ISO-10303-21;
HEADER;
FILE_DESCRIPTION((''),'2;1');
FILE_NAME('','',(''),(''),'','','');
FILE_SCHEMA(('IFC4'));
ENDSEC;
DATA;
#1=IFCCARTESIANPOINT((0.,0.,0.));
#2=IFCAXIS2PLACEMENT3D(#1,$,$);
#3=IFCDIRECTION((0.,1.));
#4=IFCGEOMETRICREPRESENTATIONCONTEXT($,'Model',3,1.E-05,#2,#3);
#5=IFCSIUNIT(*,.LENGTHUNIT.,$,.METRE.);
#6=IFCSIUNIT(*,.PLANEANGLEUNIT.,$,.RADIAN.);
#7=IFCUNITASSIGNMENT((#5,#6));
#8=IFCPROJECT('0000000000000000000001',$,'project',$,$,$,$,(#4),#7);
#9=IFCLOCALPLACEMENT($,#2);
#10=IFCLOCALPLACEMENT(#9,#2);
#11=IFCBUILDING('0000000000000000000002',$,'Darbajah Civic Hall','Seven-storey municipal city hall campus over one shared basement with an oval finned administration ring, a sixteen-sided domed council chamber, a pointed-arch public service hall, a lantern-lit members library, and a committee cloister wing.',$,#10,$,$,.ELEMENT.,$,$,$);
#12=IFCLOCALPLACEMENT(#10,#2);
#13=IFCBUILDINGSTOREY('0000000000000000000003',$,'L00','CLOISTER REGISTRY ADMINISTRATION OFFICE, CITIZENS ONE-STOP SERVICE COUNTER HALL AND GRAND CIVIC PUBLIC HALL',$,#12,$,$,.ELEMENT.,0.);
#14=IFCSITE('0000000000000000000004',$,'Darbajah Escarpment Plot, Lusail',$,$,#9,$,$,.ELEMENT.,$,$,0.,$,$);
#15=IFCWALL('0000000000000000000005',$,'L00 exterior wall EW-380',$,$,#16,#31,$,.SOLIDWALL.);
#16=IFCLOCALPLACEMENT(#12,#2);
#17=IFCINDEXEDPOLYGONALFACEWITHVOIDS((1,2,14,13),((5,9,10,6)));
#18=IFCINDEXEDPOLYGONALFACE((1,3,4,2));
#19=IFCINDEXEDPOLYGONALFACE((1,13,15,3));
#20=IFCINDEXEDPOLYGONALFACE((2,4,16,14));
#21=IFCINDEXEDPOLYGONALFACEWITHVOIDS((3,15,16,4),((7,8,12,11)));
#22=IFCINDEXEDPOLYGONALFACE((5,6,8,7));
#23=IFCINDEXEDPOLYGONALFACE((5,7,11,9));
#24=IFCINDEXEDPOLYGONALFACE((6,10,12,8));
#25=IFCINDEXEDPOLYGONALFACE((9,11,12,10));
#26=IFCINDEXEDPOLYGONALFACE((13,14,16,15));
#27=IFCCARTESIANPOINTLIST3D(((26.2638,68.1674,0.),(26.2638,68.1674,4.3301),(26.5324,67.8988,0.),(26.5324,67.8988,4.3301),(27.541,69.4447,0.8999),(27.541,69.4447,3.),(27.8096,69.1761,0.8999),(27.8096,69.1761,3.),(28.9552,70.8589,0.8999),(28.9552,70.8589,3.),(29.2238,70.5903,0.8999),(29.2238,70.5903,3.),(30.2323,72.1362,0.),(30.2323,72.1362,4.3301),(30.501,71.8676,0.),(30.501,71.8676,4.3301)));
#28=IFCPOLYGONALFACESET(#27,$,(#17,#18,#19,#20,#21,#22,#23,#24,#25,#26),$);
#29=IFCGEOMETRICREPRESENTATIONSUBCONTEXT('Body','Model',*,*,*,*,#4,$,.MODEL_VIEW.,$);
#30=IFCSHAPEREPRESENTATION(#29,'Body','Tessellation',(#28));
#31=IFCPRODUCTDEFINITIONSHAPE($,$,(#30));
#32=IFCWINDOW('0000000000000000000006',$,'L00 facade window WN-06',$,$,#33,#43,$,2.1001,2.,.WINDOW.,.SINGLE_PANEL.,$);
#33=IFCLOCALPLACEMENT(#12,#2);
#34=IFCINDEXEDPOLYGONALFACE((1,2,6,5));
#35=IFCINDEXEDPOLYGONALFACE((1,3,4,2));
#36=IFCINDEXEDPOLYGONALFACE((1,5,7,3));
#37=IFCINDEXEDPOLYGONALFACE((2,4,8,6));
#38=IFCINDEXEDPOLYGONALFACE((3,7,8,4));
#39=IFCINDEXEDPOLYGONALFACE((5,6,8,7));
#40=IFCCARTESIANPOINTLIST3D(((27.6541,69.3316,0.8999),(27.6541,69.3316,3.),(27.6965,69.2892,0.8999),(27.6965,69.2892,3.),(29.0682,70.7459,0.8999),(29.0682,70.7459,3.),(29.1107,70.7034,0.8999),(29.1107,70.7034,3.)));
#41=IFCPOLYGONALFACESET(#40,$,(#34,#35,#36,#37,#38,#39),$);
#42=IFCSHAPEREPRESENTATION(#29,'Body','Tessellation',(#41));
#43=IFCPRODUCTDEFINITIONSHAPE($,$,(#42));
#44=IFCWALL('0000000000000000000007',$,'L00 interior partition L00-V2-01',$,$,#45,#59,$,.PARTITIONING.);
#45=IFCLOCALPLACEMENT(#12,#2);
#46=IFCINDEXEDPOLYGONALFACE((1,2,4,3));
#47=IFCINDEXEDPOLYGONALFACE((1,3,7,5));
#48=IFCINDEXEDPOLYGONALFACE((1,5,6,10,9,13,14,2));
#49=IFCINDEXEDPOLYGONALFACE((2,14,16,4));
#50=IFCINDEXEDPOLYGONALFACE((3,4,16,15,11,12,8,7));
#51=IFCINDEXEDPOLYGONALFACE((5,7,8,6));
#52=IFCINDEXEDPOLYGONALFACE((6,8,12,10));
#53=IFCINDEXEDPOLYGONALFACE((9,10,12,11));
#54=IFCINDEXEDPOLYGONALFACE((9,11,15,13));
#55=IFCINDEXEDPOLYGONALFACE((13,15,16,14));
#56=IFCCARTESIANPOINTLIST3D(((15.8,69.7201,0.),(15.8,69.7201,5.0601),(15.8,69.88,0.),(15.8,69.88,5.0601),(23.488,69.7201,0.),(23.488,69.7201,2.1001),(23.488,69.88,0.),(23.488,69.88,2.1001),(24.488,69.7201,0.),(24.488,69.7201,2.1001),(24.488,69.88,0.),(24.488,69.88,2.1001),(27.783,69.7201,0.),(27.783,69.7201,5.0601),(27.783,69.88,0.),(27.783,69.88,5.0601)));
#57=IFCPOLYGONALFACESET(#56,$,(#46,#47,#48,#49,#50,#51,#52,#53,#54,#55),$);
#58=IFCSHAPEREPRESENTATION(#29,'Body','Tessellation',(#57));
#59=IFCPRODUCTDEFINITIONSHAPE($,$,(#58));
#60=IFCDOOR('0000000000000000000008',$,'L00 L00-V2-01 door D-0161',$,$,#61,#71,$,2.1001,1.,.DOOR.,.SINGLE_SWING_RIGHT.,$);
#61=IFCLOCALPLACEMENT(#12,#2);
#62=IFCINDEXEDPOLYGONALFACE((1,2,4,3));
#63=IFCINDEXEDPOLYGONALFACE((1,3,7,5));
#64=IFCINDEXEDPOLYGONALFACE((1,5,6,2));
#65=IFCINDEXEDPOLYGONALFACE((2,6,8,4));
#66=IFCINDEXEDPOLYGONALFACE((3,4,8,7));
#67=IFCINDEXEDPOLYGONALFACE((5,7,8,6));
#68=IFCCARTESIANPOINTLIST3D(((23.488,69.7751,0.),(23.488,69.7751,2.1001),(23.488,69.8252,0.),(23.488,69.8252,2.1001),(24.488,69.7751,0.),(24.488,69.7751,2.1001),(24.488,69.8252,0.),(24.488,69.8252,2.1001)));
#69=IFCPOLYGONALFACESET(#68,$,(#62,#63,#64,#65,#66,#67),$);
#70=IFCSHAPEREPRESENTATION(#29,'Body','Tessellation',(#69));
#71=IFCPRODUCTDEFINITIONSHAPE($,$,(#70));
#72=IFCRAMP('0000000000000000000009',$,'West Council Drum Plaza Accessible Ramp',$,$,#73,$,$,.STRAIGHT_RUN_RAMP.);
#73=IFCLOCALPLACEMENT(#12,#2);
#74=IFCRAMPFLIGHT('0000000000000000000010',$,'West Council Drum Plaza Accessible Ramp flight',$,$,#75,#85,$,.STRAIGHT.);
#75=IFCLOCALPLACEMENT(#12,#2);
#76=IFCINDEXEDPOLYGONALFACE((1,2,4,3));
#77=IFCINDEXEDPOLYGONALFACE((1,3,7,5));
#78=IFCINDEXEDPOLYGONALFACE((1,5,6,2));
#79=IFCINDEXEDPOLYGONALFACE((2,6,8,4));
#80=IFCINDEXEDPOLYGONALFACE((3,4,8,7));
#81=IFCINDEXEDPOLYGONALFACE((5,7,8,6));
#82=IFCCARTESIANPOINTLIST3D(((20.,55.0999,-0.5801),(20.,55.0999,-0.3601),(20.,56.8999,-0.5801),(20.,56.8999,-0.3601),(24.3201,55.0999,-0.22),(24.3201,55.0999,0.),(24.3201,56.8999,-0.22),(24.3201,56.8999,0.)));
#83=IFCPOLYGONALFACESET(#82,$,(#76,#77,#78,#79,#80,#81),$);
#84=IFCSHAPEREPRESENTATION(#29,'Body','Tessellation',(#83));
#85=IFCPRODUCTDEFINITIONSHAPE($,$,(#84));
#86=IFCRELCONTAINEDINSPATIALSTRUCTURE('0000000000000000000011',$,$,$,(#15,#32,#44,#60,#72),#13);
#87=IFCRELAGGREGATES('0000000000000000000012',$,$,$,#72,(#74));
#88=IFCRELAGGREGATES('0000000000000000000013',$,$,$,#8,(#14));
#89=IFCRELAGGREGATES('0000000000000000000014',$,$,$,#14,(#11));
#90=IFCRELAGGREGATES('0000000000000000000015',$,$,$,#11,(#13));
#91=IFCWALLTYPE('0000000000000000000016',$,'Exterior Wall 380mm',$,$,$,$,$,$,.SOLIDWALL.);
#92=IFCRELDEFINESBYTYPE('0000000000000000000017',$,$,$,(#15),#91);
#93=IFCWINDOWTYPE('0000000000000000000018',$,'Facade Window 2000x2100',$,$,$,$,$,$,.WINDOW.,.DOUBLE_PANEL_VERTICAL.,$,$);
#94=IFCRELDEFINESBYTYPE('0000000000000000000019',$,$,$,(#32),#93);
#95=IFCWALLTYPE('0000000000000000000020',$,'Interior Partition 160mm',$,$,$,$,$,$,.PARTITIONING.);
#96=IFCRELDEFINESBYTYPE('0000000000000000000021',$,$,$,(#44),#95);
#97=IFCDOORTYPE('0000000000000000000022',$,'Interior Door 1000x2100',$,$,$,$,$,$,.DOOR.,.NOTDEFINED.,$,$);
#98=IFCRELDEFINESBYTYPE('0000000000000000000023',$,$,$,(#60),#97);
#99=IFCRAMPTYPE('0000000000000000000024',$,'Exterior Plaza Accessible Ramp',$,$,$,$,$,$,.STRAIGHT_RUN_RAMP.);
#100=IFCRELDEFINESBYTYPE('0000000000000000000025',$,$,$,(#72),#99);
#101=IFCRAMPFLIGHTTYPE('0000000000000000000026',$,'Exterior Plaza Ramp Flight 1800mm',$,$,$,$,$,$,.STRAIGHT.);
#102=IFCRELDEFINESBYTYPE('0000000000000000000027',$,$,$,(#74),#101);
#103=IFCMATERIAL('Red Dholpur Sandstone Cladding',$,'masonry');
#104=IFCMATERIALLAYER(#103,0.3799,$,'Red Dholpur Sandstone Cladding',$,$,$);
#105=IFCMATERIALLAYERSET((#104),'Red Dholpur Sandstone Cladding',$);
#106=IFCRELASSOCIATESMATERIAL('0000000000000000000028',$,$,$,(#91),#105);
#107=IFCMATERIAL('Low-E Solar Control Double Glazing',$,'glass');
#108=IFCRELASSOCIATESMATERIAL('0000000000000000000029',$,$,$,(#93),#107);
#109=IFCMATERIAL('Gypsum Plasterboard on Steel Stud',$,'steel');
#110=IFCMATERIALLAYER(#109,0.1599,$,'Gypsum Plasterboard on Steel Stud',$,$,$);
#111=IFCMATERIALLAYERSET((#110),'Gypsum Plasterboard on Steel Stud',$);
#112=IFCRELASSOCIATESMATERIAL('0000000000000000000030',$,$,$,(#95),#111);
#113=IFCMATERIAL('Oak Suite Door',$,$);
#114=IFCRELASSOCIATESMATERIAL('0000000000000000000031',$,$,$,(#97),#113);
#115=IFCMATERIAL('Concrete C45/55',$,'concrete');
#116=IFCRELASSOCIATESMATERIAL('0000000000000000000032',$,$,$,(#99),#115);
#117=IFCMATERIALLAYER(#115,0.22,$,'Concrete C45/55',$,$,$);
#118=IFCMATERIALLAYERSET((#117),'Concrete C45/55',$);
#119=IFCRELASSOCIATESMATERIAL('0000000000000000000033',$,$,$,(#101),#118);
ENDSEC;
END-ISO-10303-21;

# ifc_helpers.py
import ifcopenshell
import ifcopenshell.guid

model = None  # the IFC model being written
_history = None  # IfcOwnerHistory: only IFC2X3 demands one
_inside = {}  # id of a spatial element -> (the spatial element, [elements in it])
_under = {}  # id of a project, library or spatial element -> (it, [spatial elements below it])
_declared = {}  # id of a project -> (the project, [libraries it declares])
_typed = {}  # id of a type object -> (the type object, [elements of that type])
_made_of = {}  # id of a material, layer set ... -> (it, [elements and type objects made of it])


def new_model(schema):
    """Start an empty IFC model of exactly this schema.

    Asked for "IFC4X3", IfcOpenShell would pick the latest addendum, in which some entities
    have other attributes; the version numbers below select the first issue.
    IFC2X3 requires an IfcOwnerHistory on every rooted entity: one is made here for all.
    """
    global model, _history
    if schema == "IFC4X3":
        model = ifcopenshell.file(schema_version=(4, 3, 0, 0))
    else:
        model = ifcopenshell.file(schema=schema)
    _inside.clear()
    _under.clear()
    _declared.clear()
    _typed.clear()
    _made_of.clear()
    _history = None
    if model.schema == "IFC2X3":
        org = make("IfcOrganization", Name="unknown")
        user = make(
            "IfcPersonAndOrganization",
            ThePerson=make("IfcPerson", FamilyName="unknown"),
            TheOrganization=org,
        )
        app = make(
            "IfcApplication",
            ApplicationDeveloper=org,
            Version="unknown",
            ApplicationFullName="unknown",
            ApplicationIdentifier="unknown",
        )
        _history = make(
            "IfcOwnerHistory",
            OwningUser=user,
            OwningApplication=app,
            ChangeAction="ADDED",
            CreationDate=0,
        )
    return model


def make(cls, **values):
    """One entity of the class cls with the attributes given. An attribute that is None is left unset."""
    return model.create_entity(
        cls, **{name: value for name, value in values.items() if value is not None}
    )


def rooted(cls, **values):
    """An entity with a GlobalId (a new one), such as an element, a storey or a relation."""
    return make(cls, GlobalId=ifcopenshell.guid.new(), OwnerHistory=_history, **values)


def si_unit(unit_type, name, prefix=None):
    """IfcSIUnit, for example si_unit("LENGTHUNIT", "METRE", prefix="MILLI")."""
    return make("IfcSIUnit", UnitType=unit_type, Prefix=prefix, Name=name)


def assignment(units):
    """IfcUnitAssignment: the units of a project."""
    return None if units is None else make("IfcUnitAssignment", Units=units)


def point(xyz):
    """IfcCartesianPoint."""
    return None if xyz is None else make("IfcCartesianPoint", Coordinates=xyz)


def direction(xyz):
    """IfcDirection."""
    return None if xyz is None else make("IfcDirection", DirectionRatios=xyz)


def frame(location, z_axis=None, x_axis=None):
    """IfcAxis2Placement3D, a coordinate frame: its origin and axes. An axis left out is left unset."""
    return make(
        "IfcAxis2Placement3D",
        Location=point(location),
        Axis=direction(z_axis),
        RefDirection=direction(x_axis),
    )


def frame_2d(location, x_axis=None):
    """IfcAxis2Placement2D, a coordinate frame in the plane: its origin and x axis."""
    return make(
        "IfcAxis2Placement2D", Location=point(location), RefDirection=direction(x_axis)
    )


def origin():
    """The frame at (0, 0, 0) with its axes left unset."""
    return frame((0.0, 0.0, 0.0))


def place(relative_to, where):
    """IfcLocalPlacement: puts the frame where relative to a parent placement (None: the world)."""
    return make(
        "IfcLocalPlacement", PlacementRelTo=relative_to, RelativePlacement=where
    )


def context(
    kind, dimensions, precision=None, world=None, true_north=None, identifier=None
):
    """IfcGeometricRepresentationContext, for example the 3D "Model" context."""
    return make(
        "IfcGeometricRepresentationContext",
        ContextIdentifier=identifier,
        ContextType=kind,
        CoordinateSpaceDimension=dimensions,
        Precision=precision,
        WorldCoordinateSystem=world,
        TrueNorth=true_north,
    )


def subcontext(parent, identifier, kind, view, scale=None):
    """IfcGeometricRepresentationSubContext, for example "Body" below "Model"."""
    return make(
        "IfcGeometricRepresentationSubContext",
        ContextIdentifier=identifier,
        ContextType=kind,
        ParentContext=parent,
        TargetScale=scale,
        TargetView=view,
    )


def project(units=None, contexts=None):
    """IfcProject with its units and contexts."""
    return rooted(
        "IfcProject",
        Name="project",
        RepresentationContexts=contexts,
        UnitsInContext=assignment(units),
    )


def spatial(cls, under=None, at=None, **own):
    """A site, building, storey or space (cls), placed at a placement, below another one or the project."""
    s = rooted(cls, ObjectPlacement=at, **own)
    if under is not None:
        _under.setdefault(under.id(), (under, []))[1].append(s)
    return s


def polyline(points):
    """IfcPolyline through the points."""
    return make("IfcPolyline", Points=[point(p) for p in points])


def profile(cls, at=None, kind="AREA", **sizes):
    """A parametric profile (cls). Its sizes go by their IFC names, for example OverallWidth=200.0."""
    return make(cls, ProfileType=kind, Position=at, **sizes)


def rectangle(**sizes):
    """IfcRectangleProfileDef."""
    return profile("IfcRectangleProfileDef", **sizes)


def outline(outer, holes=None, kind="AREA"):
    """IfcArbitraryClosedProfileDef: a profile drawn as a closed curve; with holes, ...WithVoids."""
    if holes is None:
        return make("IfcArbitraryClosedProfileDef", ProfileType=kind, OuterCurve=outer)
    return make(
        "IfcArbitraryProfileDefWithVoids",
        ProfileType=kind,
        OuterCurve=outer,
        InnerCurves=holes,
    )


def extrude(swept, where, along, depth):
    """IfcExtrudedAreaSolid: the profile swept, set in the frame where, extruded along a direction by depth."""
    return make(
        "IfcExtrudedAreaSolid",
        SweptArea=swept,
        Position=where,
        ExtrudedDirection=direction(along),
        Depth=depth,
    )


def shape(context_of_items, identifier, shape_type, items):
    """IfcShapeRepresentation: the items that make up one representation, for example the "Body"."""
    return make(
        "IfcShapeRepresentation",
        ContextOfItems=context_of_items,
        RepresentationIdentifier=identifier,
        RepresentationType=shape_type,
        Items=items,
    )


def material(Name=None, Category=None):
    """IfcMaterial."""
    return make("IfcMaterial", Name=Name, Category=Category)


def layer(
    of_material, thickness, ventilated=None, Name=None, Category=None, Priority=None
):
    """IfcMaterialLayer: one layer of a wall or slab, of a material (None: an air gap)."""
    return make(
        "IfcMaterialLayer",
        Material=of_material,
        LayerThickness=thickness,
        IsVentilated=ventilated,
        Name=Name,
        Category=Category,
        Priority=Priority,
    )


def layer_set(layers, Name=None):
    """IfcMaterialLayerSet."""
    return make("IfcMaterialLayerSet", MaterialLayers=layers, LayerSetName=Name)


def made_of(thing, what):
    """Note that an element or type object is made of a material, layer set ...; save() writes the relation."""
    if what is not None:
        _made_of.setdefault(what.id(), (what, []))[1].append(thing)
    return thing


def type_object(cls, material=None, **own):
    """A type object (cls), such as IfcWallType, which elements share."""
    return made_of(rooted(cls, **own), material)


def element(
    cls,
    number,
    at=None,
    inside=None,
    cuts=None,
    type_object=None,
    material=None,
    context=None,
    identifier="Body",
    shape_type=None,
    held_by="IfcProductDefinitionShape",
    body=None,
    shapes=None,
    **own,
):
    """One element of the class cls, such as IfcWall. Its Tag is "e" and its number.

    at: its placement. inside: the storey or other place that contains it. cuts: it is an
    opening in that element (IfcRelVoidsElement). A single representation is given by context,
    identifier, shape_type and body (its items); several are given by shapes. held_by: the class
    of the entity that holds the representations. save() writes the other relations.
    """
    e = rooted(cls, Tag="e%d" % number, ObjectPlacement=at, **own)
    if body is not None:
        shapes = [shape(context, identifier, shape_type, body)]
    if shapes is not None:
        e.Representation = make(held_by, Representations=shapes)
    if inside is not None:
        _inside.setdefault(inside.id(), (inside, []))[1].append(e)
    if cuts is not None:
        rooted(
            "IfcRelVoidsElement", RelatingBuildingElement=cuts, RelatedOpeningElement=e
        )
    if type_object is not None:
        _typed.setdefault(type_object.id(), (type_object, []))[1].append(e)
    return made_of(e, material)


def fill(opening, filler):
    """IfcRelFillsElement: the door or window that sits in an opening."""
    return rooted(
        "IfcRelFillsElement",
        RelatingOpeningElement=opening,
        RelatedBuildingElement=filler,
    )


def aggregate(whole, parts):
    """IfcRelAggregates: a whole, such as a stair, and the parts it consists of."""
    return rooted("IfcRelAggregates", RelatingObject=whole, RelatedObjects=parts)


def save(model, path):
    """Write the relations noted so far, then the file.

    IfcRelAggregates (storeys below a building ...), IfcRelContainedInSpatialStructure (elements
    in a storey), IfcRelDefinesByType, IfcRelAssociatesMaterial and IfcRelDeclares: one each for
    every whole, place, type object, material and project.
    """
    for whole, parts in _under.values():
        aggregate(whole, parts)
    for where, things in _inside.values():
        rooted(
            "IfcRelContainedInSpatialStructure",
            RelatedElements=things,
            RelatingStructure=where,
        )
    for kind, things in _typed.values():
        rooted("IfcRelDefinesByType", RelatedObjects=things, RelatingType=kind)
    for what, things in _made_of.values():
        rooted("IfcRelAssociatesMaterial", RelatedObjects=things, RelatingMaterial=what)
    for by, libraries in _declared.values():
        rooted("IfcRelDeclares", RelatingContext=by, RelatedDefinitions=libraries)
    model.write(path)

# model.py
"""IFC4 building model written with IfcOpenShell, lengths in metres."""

from ifc_helpers import new_model, si_unit, direction, frame, frame_2d, origin, place, context, subcontext, project, spatial, polyline, rectangle, outline, extrude, material, layer, layer_set, type_object, element, fill, aggregate, save


model = new_model("IFC4")

# Units and contexts
model_context = context("Model", 3, precision=1e-05, world=origin(), true_north=direction((0.0, 1.0)))
body_context = subcontext(model_context, "Body", "Model", "MODEL_VIEW")
ifc_project = project(units=[si_unit("LENGTHUNIT", "METRE"), si_unit("PLANEANGLEUNIT", "RADIAN")], contexts=[model_context])

# Site, building, storey
site_placement = place(None, origin())
site = spatial("IfcSite", under=ifc_project, at=site_placement, Name="Darbajah Escarpment Plot, Lusail", CompositionType="ELEMENT", RefElevation=0.0)
building_placement = place(site_placement, origin())
building = spatial("IfcBuilding", under=site, at=building_placement, Name="Darbajah Civic Hall", Description="Seven-storey municipal city hall campus over one shared basement with an oval finned administration ring, a sixteen-sided domed council chamber, a pointed-arch public service hall, a lantern-lit members library, and a committee cloister wing.", CompositionType="ELEMENT")
storey_placement = place(building_placement, origin())
storey = spatial("IfcBuildingStorey", under=building, at=storey_placement, Name="L00", Description="CLOISTER REGISTRY ADMINISTRATION OFFICE, CITIZENS ONE-STOP SERVICE COUNTER HALL AND GRAND CIVIC PUBLIC HALL", CompositionType="ELEMENT", Elevation=0.0)

# Shared definitions
ifc_material_1 = material(Name="Concrete C45/55", Category="concrete")

# Shared definitions
ifc_material_2 = material(Name="Red Dholpur Sandstone Cladding", Category="masonry")
ifc_layer_1 = layer(ifc_material_2, 0.3799, Name="Red Dholpur Sandstone Cladding")
ifc_layer_set_1 = layer_set([ifc_layer_1], Name="Red Dholpur Sandstone Cladding")
wall_type_1 = type_object("IfcWallType", Name="Exterior Wall 380mm", PredefinedType="SOLIDWALL", material=ifc_layer_set_1)

# Wall, opening, window
ifc_material_3 = material(Name="Low-E Solar Control Double Glazing", Category="glass")
wall_1_placement = place(storey_placement, frame((26.3982, 68.0332, 0.0), z_axis=(0.0, 0.0, 1.0), x_axis=(0.707085, 0.707129, 0.0)))
wall_1 = element("IfcWall", 1, at=wall_1_placement, inside=storey, type_object=wall_type_1, Name="L00 exterior wall EW-380", PredefinedType="SOLIDWALL", context=body_context, shape_type="SweptSolid", body=[
    extrude(rectangle(XDim=5.6125, YDim=0.3799, at=frame_2d((2.8062, 0.0))), origin(), (0.0, 0.0, 1.0), 4.3301),
])
opening_1_placement = place(wall_1_placement, frame((1.8062, 0.0, 0.8999)))
opening_1 = element("IfcOpeningElement", 2, at=opening_1_placement, cuts=wall_1, PredefinedType="OPENING", context=body_context, shape_type="SweptSolid", body=[
    extrude(rectangle(XDim=2.0, YDim=2.1001, at=frame_2d((1.0, 1.05))), frame((0.0, 0.2, 0.0), z_axis=(0.0, -1.0, 0.0), x_axis=(1.0, 0.0, 0.0)), (0.0, 0.0, 1.0), 0.3999),
])
window_type_1 = type_object("IfcWindowType", Name="Facade Window 2000x2100", PartitioningType="DOUBLE_PANEL_VERTICAL", PredefinedType="WINDOW", material=ifc_material_3)
window_1_placement = place(opening_1_placement, origin())
window_1 = element("IfcWindow", 3, at=window_1_placement, inside=storey, type_object=window_type_1, Name="L00 facade window WN-06", OverallHeight=2.1001, OverallWidth=2.0, PartitioningType="SINGLE_PANEL", PredefinedType="WINDOW", context=body_context, shape_type="SweptSolid", body=[
    extrude(rectangle(XDim=2.0, YDim=2.1001, at=frame_2d((1.0, 1.05))), frame((0.0, 0.03, 0.0), z_axis=(0.0, -1.0, 0.0), x_axis=(1.0, 0.0, 0.0)), (0.0, 0.0, 1.0), 0.0601),
])
fill(opening_1, window_1)

# Wall, opening, door
ifc_material_4 = material(Name="Gypsum Plasterboard on Steel Stud", Category="steel")
ifc_layer_2 = layer(ifc_material_4, 0.1599, Name="Gypsum Plasterboard on Steel Stud")
ifc_layer_set_2 = layer_set([ifc_layer_2], Name="Gypsum Plasterboard on Steel Stud")
wall_type_2 = type_object("IfcWallType", Name="Interior Partition 160mm", PredefinedType="PARTITIONING", material=ifc_layer_set_2)
wall_2_placement = place(storey_placement, frame((27.783, 69.8, 0.0), z_axis=(0.0, 0.0, 1.0), x_axis=(-1.0, 0.0, 0.0)))
wall_2 = element("IfcWall", 4, at=wall_2_placement, inside=storey, type_object=wall_type_2, Name="L00 interior partition L00-V2-01", PredefinedType="PARTITIONING", context=body_context, shape_type="SweptSolid", body=[
    extrude(rectangle(XDim=11.9829, YDim=0.1599, at=frame_2d((5.9915, 0.0))), origin(), (0.0, 0.0, 1.0), 5.0601),
])
opening_2_placement = place(wall_2_placement, frame((3.2949, 0.0, 0.0)))
opening_2 = element("IfcOpeningElement", 5, at=opening_2_placement, cuts=wall_2, PredefinedType="OPENING", context=body_context, shape_type="SweptSolid", body=[
    extrude(rectangle(XDim=1.0, YDim=2.1001, at=frame_2d((0.5, 1.05))), frame((0.0, 0.0898, 0.0), z_axis=(0.0, -1.0, 0.0), x_axis=(1.0, 0.0, 0.0)), (0.0, 0.0, 1.0), 0.1799),
])
ifc_material_5 = material(Name="Oak Suite Door")
door_type_1 = type_object("IfcDoorType", Name="Interior Door 1000x2100", OperationType="NOTDEFINED", PredefinedType="DOOR", material=ifc_material_5)
door_1_placement = place(opening_2_placement, origin())
door_1 = element("IfcDoor", 6, at=door_1_placement, inside=storey, type_object=door_type_1, Name="L00 L00-V2-01 door D-0161", OperationType="SINGLE_SWING_RIGHT", OverallHeight=2.1001, OverallWidth=1.0, PredefinedType="DOOR", context=body_context, shape_type="SweptSolid", body=[
    extrude(rectangle(XDim=1.0, YDim=2.1001, at=frame_2d((0.5, 1.05))), frame((0.0, 0.0249, 0.0), z_axis=(0.0, -1.0, 0.0), x_axis=(1.0, 0.0, 0.0)), (0.0, 0.0, 1.0), 0.05),
])
fill(opening_2, door_1)

# Ramp, ramp flight
ramp_type = type_object("IfcRampType", Name="Exterior Plaza Accessible Ramp", PredefinedType="STRAIGHT_RUN_RAMP", material=ifc_material_1)
ramp_placement = place(storey_placement, origin())
ramp = element("IfcRamp", 7, at=ramp_placement, inside=storey, type_object=ramp_type, Name="West Council Drum Plaza Accessible Ramp", PredefinedType="STRAIGHT_RUN_RAMP")
ifc_layer_3 = layer(ifc_material_1, 0.22, Name="Concrete C45/55")
ifc_layer_set_3 = layer_set([ifc_layer_3], Name="Concrete C45/55")
ramp_flight_type = type_object("IfcRampFlightType", Name="Exterior Plaza Ramp Flight 1800mm", PredefinedType="STRAIGHT", material=ifc_layer_set_3)
ramp_flight_placement = place(storey_placement, frame((20.0, 56.0, -0.3601), z_axis=(0.0, 0.0, 1.0), x_axis=(1.0, 0.0, 0.0)))
ramp_flight = element("IfcRampFlight", 8, at=ramp_flight_placement, type_object=ramp_flight_type, Name="West Council Drum Plaza Accessible Ramp flight", PredefinedType="STRAIGHT", context=body_context, shape_type="SweptSolid", body=[
    extrude(outline(polyline([(0.0, 0.0), (4.3201, 0.3601), (4.3201, 0.1401), (0.0, -0.22), (0.0, 0.0)])), frame((0.0, 0.8999, 0.0), z_axis=(0.0, -1.0, 0.0), x_axis=(1.0, 0.0, 0.0)), (0.0, 0.0, 1.0), 1.8),
])
aggregate(ramp, [ramp_flight])

save(model, "model.ifc")
